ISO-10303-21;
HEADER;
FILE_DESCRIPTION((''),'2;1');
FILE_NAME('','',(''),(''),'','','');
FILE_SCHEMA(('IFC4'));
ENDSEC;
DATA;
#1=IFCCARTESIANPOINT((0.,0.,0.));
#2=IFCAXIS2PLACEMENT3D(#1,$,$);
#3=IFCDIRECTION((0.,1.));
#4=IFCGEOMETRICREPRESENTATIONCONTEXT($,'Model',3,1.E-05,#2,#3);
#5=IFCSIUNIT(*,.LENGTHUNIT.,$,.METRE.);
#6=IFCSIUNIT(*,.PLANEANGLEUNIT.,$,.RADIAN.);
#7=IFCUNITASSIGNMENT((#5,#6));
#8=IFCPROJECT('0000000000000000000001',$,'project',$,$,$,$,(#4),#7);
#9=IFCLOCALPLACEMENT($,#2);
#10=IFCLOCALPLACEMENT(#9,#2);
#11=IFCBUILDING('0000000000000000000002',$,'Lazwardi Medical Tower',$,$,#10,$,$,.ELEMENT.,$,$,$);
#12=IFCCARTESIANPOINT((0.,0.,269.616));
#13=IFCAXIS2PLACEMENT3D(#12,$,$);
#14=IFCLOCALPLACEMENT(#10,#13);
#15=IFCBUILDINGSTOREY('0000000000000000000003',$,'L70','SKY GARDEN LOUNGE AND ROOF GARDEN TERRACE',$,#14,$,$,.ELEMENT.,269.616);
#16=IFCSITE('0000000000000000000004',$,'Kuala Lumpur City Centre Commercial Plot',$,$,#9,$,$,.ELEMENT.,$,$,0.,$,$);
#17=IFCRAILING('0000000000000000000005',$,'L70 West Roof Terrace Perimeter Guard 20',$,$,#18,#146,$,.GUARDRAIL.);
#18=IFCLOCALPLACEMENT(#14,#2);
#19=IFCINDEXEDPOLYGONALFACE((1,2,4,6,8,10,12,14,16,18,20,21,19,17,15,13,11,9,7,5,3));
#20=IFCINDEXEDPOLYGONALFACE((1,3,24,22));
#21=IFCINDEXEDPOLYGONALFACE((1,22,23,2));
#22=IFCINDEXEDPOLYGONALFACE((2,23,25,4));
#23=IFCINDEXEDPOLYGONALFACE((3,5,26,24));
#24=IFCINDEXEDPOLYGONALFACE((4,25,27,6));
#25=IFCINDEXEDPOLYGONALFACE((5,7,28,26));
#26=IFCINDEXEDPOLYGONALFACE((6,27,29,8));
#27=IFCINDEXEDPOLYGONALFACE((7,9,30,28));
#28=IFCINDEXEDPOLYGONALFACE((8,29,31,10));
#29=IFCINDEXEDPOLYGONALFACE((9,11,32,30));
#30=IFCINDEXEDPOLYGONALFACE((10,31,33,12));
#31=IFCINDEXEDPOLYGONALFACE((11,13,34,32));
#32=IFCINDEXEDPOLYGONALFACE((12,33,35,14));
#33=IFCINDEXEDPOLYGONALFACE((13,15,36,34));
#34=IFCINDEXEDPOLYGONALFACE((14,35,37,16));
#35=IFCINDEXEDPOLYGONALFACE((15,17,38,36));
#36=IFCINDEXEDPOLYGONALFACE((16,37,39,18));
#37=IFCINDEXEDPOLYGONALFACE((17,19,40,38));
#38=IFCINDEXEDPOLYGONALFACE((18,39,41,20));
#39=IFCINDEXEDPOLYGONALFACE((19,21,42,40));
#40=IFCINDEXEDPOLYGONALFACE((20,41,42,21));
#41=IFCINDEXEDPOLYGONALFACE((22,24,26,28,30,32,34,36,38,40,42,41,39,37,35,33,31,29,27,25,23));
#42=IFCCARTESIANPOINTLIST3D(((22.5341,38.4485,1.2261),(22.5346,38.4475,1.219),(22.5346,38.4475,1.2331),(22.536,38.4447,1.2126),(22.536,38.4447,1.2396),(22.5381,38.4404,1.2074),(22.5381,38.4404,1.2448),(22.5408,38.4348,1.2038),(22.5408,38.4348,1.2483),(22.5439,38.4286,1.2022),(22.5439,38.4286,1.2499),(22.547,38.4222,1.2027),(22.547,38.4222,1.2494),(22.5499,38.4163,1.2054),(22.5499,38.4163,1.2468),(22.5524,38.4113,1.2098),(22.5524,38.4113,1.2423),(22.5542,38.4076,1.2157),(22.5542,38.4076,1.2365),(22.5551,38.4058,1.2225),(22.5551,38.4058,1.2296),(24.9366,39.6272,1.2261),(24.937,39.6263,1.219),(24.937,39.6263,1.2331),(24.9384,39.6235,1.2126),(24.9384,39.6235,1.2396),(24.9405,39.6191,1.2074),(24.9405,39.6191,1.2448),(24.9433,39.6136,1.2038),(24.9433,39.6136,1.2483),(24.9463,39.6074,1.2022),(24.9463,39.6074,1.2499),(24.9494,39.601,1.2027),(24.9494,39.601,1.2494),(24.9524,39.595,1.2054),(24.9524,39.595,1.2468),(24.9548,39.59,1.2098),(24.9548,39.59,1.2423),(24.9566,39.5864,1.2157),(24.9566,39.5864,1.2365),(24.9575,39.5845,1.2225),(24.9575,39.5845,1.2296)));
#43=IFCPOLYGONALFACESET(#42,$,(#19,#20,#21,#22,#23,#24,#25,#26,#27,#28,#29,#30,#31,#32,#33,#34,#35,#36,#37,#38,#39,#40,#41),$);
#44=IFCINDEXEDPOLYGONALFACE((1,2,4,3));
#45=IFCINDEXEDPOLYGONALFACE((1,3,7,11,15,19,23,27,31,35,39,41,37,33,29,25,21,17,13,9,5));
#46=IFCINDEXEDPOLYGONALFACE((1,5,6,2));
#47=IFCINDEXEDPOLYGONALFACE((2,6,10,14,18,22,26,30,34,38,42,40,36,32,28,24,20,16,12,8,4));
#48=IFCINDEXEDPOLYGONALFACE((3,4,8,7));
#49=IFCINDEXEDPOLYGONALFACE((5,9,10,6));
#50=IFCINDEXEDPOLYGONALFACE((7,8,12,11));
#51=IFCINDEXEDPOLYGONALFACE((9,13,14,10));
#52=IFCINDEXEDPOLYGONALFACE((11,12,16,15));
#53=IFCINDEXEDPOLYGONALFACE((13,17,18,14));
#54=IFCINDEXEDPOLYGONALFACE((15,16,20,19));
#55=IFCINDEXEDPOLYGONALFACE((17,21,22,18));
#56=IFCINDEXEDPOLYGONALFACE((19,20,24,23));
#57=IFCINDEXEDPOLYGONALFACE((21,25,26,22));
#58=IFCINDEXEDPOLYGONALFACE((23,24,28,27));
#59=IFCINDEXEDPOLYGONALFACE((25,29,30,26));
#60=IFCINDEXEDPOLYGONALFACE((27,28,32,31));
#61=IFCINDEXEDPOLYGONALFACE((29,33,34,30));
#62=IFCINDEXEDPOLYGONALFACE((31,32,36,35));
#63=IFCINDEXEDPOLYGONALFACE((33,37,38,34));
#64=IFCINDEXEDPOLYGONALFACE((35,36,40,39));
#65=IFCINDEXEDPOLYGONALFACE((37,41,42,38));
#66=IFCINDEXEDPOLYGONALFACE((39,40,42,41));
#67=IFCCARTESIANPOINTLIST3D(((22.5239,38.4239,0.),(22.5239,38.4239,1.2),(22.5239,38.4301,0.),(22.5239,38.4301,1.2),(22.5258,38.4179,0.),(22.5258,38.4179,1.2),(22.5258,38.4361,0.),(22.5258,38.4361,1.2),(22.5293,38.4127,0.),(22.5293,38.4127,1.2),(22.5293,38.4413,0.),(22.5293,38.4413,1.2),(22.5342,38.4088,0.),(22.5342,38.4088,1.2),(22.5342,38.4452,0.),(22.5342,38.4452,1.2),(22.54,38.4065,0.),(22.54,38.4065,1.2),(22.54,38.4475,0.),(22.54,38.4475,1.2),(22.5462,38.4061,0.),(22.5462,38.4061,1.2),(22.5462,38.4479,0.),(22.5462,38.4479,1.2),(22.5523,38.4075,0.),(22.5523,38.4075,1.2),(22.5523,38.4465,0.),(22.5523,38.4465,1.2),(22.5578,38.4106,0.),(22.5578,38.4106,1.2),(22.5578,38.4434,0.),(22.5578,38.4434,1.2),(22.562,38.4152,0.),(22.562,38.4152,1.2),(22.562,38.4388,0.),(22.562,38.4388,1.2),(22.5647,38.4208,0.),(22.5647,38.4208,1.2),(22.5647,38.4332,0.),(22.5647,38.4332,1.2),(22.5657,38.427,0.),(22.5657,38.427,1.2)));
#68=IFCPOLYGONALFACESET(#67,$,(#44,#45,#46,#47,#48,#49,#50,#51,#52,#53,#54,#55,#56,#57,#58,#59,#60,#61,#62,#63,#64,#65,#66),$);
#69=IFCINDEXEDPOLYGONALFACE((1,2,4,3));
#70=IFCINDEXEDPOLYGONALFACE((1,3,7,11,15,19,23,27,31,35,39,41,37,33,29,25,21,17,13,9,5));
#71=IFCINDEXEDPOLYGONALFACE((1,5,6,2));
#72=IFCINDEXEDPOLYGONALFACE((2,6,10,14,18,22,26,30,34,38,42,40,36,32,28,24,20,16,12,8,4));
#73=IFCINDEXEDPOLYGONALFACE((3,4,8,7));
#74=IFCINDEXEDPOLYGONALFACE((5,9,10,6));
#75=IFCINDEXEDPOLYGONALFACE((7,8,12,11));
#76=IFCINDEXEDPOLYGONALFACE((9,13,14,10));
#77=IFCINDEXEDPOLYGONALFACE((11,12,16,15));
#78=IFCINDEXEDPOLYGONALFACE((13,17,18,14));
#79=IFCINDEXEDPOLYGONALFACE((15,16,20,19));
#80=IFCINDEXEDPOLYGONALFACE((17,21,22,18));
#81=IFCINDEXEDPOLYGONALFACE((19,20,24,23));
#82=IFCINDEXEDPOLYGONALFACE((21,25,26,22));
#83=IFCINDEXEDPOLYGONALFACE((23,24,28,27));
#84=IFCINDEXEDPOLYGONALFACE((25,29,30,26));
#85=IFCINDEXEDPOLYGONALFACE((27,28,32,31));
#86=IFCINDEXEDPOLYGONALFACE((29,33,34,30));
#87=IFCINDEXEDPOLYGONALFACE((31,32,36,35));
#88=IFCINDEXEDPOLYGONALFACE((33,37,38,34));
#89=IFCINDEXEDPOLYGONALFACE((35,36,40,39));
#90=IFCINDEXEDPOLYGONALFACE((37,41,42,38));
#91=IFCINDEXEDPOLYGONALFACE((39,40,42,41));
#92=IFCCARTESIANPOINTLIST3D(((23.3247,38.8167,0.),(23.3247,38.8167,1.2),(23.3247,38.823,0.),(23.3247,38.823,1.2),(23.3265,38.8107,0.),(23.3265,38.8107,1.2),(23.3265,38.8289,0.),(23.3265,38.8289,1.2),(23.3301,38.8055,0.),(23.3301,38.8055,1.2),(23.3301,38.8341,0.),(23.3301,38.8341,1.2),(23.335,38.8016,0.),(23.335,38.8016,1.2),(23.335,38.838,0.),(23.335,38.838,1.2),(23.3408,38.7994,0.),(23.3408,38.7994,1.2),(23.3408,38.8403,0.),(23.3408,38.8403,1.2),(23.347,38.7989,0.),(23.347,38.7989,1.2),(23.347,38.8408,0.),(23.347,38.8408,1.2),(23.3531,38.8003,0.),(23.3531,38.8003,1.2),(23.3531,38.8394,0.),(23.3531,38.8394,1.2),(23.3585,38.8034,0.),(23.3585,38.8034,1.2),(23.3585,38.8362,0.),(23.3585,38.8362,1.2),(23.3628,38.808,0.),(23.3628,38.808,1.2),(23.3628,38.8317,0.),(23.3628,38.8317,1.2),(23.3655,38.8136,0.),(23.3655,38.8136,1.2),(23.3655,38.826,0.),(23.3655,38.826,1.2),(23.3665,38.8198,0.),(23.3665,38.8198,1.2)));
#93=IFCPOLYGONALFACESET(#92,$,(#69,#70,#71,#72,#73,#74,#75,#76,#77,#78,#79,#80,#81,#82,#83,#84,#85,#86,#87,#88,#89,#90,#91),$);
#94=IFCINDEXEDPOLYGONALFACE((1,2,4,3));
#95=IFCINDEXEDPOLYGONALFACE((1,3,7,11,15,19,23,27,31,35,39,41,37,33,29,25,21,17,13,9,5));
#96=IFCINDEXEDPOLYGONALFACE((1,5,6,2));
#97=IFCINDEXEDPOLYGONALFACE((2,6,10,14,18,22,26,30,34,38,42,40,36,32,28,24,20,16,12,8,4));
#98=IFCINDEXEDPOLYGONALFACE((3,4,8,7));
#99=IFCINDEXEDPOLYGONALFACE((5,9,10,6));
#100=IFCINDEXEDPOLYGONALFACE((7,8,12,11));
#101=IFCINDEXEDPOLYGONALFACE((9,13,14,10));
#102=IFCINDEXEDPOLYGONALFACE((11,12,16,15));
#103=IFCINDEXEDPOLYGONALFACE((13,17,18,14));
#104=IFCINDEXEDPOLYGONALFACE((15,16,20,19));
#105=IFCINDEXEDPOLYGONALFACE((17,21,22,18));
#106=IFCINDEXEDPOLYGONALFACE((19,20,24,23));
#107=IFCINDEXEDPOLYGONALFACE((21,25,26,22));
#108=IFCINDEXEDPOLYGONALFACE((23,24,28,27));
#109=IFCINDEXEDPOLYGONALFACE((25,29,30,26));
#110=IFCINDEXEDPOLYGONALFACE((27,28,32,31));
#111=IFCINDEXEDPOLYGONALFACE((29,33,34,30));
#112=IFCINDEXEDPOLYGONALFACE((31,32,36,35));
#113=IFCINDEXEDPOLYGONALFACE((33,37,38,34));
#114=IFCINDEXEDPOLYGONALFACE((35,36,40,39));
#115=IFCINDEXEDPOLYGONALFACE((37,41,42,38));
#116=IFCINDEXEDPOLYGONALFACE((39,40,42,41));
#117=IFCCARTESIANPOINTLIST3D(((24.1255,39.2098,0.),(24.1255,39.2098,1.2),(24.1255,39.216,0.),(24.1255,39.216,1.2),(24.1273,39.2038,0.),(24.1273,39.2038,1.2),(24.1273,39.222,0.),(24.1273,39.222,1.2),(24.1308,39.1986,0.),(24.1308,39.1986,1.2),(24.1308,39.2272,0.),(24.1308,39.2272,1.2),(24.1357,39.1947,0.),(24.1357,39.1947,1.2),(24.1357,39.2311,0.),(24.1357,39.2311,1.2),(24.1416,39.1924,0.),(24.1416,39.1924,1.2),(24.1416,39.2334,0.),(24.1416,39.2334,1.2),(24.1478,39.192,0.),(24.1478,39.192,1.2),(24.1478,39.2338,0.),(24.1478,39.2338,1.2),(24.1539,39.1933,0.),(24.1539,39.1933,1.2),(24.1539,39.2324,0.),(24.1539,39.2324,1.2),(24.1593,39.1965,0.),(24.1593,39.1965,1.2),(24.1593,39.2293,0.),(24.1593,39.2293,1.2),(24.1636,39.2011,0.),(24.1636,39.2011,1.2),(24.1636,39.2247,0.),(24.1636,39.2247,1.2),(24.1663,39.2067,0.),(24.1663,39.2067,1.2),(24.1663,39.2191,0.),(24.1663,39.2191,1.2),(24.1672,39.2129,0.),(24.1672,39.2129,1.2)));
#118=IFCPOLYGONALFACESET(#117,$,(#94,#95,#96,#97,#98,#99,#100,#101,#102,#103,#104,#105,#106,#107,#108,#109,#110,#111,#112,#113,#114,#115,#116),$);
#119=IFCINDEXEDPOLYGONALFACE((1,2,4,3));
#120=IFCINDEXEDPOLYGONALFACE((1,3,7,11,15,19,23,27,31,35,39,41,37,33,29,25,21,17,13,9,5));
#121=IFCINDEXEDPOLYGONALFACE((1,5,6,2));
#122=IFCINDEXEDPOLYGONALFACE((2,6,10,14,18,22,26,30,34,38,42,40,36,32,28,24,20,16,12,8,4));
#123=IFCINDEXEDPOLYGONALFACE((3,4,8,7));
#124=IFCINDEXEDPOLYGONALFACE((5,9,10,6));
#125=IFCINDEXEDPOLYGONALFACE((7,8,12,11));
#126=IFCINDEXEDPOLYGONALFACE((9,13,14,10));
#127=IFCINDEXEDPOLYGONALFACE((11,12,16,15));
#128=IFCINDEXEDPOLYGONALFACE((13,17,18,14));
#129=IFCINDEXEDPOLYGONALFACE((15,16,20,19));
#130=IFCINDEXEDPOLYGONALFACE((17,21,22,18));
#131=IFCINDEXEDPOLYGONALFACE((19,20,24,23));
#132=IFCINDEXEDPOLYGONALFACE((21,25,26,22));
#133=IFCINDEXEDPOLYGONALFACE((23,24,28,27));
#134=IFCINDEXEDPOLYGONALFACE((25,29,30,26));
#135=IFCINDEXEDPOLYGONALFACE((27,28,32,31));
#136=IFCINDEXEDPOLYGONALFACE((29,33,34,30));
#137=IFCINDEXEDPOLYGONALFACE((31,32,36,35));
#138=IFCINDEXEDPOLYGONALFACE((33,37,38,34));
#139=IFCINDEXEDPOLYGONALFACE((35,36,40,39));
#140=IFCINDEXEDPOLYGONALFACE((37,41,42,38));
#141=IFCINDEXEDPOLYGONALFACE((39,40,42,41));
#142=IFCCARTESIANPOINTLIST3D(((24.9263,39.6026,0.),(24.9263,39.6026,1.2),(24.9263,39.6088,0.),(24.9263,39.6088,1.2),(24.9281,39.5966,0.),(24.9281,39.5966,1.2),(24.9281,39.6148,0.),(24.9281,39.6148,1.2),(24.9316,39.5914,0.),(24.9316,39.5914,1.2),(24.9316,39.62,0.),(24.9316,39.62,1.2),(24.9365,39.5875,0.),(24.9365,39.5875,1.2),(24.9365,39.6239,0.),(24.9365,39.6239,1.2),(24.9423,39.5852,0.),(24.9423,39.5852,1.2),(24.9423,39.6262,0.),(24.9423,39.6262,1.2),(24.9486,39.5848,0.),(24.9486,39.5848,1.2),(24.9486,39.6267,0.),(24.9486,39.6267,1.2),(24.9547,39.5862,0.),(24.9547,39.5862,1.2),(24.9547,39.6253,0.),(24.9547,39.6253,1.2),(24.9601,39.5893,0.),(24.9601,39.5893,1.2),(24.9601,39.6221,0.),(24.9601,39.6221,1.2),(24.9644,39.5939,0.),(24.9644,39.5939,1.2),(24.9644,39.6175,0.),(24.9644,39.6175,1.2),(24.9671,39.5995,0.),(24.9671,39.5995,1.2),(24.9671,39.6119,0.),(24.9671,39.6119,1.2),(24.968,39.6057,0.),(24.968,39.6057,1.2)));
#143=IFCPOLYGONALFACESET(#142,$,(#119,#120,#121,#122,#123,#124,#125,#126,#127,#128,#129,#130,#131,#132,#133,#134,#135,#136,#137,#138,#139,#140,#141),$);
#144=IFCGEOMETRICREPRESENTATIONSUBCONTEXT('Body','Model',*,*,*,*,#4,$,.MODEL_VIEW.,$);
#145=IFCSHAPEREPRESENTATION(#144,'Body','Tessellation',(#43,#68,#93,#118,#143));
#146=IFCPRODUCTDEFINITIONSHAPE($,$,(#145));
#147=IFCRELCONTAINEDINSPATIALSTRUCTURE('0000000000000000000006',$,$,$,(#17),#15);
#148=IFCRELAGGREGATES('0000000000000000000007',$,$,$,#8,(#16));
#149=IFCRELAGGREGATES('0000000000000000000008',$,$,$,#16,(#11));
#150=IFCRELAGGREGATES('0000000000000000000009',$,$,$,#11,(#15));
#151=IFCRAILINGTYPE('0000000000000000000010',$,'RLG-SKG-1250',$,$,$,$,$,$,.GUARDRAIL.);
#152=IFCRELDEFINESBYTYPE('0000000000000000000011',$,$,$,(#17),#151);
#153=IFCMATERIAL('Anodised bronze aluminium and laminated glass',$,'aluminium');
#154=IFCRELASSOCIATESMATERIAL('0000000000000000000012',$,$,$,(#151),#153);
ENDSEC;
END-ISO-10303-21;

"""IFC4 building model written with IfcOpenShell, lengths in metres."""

from ifc_helpers import new_model, si_unit, direction, frame, origin, origin_2d, place, context, subcontext, project, spatial, circle, extrude, material, type_object, element, save


model = new_model("IFC4")

# Units and contexts
model_context = context("Model", 3, precision=1e-05, world=origin(), true_north=direction((0.0, 1.0)))
body_context = subcontext(model_context, "Body", "Model", "MODEL_VIEW")
ifc_project = project(units=[si_unit("LENGTHUNIT", "METRE"), si_unit("PLANEANGLEUNIT", "RADIAN")], contexts=[model_context])

# Site, building, storey
site_placement = place(None, origin())
site = spatial("IfcSite", under=ifc_project, at=site_placement, Name="Kuala Lumpur City Centre Commercial Plot", CompositionType="ELEMENT", RefElevation=0.0)
building_placement = place(site_placement, origin())
building = spatial("IfcBuilding", under=site, at=building_placement, Name="Lazwardi Medical Tower", CompositionType="ELEMENT")
storey_placement = place(building_placement, frame((0.0, 0.0, 269.616)))
storey = spatial("IfcBuildingStorey", under=building, at=storey_placement, Name="L70", Description="SKY GARDEN LOUNGE AND ROOF GARDEN TERRACE", CompositionType="ELEMENT", Elevation=269.616)

# Shared definitions
ifc_material_1 = material(Name="Anodised bronze aluminium and laminated glass", Category="aluminium")

# Railing
railing_type = type_object("IfcRailingType", Name="RLG-SKG-1250", PredefinedType="GUARDRAIL", material=ifc_material_1)
railing_1_placement = place(storey_placement, frame((22.5447, 38.427, 0.0)))
element("IfcRailing", 1, at=railing_1_placement, inside=storey, type_object=railing_type, Name="L70 West Roof Terrace Perimeter Guard 20", PredefinedType="GUARDRAIL", context=body_context, shape_type="SweptSolid", body=[
    extrude(circle(Radius=0.0239, at=origin_2d()), frame((0.0, 0.0, 1.2261), z_axis=(0.897759, 0.440486, 0.0), x_axis=(-0.440486, 0.897759, 0.0)), (0.0, 0.0, 1.0), 2.676),
    extrude(circle(Radius=0.021, at=origin_2d()), origin(), (0.0, 0.0, 1.0), 1.2),
    extrude(circle(Radius=0.021, at=origin_2d()), frame((0.8008, 0.3928, 0.0)), (0.0, 0.0, 1.0), 1.2),
    extrude(circle(Radius=0.021, at=origin_2d()), frame((1.6016, 0.7859, 0.0)), (0.0, 0.0, 1.0), 1.2),
    extrude(circle(Radius=0.021, at=origin_2d()), frame((2.4023, 1.1787, 0.0)), (0.0, 0.0, 1.0), 1.2),
])

save(model, "model.ifc")
